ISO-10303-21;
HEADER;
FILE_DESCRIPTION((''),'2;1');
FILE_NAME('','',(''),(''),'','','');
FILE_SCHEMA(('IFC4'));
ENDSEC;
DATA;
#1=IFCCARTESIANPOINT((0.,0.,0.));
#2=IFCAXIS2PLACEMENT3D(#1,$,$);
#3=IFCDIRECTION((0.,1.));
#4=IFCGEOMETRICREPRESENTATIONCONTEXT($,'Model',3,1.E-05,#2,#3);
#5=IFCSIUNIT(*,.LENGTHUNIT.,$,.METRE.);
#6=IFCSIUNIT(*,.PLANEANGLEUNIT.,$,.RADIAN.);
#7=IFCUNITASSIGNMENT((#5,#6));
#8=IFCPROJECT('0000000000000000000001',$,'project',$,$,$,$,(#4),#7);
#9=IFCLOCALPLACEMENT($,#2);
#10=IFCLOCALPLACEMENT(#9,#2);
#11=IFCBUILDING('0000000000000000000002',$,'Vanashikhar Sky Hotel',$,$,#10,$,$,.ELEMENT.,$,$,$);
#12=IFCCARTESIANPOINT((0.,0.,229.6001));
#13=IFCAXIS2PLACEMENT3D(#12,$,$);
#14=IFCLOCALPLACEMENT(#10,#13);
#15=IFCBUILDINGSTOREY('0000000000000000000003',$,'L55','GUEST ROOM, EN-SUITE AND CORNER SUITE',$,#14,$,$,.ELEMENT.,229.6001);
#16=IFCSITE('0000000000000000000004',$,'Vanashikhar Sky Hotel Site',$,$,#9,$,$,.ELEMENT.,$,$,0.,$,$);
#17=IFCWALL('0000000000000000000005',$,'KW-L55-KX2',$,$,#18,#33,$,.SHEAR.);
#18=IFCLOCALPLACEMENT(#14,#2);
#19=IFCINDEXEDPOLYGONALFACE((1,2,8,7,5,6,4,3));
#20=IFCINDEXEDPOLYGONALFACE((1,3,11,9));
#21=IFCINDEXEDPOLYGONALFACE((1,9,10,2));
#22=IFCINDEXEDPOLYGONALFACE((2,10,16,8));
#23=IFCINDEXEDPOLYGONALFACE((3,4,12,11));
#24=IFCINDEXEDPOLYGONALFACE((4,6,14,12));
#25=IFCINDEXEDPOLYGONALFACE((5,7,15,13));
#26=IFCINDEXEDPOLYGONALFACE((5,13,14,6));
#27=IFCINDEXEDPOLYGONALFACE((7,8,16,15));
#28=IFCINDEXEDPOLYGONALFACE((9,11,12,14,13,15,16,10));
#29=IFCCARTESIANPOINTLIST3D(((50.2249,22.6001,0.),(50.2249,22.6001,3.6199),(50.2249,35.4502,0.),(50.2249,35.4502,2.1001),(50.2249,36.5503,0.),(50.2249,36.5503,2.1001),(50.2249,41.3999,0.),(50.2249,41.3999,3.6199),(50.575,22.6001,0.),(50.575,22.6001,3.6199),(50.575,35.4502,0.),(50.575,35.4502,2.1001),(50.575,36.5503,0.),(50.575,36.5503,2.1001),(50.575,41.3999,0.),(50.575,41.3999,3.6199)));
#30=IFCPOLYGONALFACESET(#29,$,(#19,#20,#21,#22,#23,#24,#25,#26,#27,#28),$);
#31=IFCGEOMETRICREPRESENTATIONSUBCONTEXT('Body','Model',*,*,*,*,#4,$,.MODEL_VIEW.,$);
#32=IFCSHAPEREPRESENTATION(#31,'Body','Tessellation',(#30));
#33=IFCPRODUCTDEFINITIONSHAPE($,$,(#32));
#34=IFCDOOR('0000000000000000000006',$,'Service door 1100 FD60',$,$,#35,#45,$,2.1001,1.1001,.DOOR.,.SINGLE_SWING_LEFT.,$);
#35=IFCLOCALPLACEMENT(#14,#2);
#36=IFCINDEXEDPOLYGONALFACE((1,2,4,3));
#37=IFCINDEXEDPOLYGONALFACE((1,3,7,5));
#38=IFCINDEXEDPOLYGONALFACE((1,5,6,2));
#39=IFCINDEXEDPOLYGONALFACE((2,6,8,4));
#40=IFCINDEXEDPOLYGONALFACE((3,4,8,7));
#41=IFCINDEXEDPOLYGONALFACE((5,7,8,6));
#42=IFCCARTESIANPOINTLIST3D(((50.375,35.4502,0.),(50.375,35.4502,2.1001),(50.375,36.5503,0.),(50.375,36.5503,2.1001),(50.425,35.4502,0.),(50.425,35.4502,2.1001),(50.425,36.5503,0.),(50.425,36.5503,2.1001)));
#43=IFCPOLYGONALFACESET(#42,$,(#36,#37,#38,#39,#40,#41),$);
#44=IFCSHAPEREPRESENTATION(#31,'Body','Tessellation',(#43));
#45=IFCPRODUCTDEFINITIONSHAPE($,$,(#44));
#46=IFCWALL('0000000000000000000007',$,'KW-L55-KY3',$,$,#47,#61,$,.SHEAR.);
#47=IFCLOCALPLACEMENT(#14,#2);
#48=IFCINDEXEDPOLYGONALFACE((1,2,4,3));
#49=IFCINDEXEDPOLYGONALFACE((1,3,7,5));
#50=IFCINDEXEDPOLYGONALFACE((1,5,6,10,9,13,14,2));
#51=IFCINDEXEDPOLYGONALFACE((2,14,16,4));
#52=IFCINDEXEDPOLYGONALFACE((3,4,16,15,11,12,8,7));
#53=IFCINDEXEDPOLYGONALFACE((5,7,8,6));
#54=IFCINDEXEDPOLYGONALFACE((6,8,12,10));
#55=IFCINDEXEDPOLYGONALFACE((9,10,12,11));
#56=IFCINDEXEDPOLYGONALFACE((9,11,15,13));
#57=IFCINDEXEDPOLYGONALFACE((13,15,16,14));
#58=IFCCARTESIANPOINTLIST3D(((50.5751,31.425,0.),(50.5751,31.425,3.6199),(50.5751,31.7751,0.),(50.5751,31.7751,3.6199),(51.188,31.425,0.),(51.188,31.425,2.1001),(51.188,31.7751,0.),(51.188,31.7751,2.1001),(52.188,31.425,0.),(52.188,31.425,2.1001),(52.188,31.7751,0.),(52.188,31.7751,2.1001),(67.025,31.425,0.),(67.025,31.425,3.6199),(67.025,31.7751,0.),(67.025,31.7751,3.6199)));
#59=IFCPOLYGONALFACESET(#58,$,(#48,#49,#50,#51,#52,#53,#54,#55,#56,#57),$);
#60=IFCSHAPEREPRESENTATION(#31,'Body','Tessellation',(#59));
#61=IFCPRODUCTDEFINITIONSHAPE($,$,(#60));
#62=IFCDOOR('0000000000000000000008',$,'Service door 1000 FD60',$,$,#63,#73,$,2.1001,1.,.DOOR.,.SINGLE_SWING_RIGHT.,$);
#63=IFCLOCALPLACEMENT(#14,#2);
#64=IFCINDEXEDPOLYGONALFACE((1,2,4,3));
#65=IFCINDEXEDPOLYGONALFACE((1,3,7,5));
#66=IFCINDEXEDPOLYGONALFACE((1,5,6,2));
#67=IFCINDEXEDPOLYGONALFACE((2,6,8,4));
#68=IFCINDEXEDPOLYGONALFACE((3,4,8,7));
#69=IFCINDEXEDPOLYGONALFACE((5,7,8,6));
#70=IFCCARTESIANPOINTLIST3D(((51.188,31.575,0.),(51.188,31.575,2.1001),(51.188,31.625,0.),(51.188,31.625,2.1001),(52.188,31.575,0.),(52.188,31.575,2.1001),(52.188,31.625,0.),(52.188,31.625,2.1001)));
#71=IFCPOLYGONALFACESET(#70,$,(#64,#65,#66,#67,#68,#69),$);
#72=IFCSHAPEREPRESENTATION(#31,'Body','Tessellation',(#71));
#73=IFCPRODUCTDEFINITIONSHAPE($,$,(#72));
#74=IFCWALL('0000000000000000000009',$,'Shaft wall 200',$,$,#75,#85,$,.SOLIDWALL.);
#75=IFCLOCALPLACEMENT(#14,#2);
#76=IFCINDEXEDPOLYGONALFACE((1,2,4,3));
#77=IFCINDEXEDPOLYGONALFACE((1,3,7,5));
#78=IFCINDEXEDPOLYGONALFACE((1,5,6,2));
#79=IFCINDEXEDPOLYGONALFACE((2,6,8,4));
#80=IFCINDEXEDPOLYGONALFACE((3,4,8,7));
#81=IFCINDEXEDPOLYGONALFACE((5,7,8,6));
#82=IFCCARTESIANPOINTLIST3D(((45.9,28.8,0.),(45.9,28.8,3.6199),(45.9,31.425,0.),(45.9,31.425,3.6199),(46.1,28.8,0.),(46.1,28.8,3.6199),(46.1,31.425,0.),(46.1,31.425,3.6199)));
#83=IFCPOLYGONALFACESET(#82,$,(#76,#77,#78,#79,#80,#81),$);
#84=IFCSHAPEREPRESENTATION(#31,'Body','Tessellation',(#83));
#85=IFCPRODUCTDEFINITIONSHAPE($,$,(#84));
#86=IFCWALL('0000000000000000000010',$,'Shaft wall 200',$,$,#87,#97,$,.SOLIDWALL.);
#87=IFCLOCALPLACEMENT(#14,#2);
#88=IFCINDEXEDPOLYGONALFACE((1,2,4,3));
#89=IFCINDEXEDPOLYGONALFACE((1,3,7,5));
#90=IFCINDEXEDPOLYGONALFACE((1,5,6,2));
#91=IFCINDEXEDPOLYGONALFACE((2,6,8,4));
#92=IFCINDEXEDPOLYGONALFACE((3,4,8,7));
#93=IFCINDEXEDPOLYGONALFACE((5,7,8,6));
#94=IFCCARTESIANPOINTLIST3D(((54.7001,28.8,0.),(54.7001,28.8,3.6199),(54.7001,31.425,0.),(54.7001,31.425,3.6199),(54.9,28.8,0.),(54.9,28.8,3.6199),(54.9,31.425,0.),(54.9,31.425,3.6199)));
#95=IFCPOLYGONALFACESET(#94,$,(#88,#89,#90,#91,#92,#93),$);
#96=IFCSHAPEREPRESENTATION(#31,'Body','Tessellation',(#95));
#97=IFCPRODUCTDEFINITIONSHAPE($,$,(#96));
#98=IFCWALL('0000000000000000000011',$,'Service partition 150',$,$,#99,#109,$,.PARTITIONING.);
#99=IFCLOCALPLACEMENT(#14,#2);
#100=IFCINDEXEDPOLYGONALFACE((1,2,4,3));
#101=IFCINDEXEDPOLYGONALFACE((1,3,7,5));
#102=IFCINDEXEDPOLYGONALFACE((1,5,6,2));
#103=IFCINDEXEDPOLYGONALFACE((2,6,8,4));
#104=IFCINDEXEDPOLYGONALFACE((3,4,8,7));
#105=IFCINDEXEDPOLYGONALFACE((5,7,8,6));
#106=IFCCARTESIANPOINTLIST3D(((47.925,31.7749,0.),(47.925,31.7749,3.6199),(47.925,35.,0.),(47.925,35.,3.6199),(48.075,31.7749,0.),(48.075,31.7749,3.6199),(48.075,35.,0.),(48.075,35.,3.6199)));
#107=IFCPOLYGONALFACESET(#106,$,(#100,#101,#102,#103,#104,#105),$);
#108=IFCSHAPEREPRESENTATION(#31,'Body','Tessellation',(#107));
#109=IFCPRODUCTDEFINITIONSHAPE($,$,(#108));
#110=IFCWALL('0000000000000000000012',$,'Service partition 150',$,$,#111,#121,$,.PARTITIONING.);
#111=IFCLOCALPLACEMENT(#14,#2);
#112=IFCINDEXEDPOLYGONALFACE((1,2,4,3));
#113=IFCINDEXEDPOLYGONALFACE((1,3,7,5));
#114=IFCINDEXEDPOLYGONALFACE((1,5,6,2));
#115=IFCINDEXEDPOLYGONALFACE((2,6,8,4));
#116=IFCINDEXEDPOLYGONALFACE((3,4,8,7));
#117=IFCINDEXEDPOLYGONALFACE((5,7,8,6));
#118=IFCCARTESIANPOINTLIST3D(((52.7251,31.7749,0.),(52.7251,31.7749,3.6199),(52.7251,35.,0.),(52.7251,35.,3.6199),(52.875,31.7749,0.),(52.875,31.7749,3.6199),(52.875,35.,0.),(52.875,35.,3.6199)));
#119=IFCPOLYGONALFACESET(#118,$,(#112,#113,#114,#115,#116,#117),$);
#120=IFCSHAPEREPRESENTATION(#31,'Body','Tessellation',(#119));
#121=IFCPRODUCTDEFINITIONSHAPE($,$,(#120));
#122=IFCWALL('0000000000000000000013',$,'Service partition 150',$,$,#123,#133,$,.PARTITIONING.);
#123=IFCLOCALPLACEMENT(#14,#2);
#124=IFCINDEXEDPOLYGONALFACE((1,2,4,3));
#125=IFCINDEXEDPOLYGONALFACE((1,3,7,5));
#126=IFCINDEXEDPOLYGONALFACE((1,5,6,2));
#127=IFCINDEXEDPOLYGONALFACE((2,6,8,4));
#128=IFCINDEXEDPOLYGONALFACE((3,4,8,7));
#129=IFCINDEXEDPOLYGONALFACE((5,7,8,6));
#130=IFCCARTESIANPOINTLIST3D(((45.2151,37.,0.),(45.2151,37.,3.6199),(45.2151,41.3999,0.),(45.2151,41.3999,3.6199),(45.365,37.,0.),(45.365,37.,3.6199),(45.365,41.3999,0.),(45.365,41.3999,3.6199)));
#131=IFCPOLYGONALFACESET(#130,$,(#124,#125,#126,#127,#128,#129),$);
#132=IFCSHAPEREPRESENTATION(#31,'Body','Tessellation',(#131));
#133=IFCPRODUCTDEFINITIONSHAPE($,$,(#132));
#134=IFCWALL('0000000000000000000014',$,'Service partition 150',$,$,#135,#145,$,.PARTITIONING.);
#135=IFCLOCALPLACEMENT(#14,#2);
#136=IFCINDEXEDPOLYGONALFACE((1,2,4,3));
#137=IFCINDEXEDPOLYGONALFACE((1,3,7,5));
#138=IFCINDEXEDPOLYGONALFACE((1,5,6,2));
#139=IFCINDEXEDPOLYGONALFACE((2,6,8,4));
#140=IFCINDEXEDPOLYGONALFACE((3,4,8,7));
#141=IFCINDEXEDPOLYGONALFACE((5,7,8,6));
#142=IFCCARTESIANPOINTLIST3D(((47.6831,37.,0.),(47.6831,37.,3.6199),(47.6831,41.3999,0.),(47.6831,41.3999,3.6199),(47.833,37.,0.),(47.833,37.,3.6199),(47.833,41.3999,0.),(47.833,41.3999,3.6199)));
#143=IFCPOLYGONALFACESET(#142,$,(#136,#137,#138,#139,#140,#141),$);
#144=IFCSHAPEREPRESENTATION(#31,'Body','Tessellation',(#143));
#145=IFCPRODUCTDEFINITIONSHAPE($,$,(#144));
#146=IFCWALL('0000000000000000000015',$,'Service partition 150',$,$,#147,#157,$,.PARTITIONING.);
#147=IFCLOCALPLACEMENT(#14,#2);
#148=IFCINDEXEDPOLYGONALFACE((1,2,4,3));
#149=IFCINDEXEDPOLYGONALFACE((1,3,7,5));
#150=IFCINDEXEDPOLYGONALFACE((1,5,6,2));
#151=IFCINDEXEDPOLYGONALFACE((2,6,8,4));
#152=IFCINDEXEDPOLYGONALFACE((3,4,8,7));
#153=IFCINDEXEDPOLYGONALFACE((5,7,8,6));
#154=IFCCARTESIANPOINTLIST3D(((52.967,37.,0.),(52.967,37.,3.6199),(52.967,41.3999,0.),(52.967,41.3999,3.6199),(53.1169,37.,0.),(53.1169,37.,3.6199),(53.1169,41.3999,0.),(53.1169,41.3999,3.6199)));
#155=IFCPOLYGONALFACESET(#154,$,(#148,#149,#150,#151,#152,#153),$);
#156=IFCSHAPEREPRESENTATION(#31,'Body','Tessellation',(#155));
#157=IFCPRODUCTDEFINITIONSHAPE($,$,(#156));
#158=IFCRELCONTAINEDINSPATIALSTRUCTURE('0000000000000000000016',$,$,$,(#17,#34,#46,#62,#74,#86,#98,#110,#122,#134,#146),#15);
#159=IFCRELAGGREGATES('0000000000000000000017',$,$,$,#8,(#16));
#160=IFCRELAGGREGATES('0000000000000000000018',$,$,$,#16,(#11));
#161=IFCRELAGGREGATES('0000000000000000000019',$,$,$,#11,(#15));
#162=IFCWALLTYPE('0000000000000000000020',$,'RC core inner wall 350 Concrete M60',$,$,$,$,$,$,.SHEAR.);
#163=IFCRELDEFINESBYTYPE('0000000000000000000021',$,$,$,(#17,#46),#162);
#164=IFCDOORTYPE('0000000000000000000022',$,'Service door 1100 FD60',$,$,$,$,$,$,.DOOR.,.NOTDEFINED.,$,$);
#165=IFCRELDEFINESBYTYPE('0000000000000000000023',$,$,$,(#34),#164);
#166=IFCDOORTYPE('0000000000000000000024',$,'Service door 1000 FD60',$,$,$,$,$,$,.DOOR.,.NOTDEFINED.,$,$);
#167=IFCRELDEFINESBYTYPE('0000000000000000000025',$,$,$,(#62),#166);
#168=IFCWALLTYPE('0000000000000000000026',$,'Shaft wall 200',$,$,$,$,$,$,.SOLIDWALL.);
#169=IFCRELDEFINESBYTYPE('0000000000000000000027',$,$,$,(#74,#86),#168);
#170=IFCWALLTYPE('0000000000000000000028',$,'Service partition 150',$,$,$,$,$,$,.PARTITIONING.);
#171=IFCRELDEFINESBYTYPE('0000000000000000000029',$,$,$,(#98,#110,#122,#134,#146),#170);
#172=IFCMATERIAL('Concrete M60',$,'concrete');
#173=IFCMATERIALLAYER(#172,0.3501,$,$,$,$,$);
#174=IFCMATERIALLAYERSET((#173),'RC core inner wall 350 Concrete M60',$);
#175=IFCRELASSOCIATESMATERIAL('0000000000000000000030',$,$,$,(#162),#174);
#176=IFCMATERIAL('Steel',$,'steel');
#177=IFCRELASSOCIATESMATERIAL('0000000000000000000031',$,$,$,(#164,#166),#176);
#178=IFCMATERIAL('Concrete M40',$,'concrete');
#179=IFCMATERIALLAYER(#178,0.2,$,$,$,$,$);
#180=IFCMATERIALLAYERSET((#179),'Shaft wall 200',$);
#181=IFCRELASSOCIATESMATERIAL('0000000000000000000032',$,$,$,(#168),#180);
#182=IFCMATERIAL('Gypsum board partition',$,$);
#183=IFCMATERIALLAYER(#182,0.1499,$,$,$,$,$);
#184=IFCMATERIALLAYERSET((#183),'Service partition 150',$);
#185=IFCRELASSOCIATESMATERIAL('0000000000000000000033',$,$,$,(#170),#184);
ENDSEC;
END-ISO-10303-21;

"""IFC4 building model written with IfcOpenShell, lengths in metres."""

from ifc_helpers import new_model, si_unit, direction, frame, frame_2d, origin, place, context, subcontext, project, spatial, rectangle, extrude, source, transform, mapped, material, layer, layer_set, type_object, element, fill, save


model = new_model("IFC4")

# Units and contexts
model_context = context("Model", 3, precision=1e-05, world=origin(), true_north=direction((0.0, 1.0)))
body_context = subcontext(model_context, "Body", "Model", "MODEL_VIEW")
ifc_project = project(units=[si_unit("LENGTHUNIT", "METRE"), si_unit("PLANEANGLEUNIT", "RADIAN")], contexts=[model_context])

# Site, building, storey
site_placement = place(None, origin())
site = spatial("IfcSite", under=ifc_project, at=site_placement, Name="Vanashikhar Sky Hotel Site", CompositionType="ELEMENT", RefElevation=0.0)
building_placement = place(site_placement, origin())
building = spatial("IfcBuilding", under=site, at=building_placement, Name="Vanashikhar Sky Hotel", CompositionType="ELEMENT")
storey_placement = place(building_placement, frame((0.0, 0.0, 229.6001)))
storey = spatial("IfcBuildingStorey", under=building, at=storey_placement, Name="L55", Description="GUEST ROOM, EN-SUITE AND CORNER SUITE", CompositionType="ELEMENT", Elevation=229.6001)

# Walls, openings, doors
ifc_material_1 = material(Name="Concrete M60", Category="concrete")
ifc_layer_1 = layer(ifc_material_1, 0.3501)
ifc_layer_set_1 = layer_set([ifc_layer_1], Name="RC core inner wall 350 Concrete M60")
wall_type_1 = type_object("IfcWallType", Name="RC core inner wall 350 Concrete M60", PredefinedType="SHEAR", material=ifc_layer_set_1)
shared_shape_1 = source(origin(), body_context, "Body", "SweptSolid", [
    extrude(rectangle(XDim=18.7998, YDim=0.3501, at=frame_2d((9.3999, 0.0))), origin(), (0.0, 0.0, 1.0), 3.6199),
])
wall_1_placement = place(storey_placement, frame((50.3999, 22.6001, 0.0), z_axis=(0.0, 0.0, 1.0), x_axis=(0.0, 1.0, 0.0)))
wall_1 = element("IfcWall", 1, at=wall_1_placement, inside=storey, type_object=wall_type_1, Name="KW-L55-KX2", PredefinedType="SHEAR", context=body_context, shape_type="MappedRepresentation", body=[
    mapped(shared_shape_1, transform((0.0, 0.0, 0.0), scale=1.0)),
])
shared_shape_2 = source(origin(), body_context, "Body", "SweptSolid", [
    extrude(rectangle(XDim=1.1001, YDim=2.1001, at=frame_2d((0.55, 1.05))), frame((0.0, 0.1851, 0.0), z_axis=(0.0, -1.0, 0.0), x_axis=(1.0, 0.0, 0.0)), (0.0, 0.0, 1.0), 0.3701),
])
opening_1_placement = place(wall_1_placement, frame((12.8501, 0.0, 0.0)))
opening_1 = element("IfcOpeningElement", 2, at=opening_1_placement, cuts=wall_1, PredefinedType="OPENING", context=body_context, shape_type="MappedRepresentation", body=[
    mapped(shared_shape_2, transform((0.0, 0.0, 0.0), scale=1.0)),
])
ifc_material_2 = material(Name="Steel", Category="steel")
door_type_1 = type_object("IfcDoorType", Name="Service door 1100 FD60", OperationType="NOTDEFINED", PredefinedType="DOOR", material=ifc_material_2)
shared_shape_3 = source(origin(), body_context, "Body", "SweptSolid", [
    extrude(rectangle(XDim=1.1001, YDim=2.1001, at=frame_2d((0.55, 1.05))), frame((0.0, 0.0249, 0.0), z_axis=(0.0, -1.0, 0.0), x_axis=(1.0, 0.0, 0.0)), (0.0, 0.0, 1.0), 0.05),
])
door_1_placement = place(opening_1_placement, origin())
door_1 = element("IfcDoor", 3, at=door_1_placement, inside=storey, type_object=door_type_1, Name="Service door 1100 FD60", OperationType="SINGLE_SWING_LEFT", OverallHeight=2.1001, OverallWidth=1.1001, PredefinedType="DOOR", context=body_context, shape_type="MappedRepresentation", body=[
    mapped(shared_shape_3, transform((0.0, 0.0, 0.0), scale=1.0)),
])
fill(opening_1, door_1)
shared_shape_4 = source(origin(), body_context, "Body", "SweptSolid", [
    extrude(rectangle(XDim=16.45, YDim=0.3501, at=frame_2d((8.2251, 0.0))), origin(), (0.0, 0.0, 1.0), 3.6199),
])
wall_2_placement = place(storey_placement, frame((50.575, 31.6001, 0.0), z_axis=(0.0, 0.0, 1.0), x_axis=(1.0, 0.0, 0.0)))
wall_2 = element("IfcWall", 4, at=wall_2_placement, inside=storey, type_object=wall_type_1, Name="KW-L55-KY3", PredefinedType="SHEAR", context=body_context, shape_type="MappedRepresentation", body=[
    mapped(shared_shape_4, transform((0.0, 0.0, 0.0), scale=1.0)),
])
shared_shape_5 = source(origin(), body_context, "Body", "SweptSolid", [
    extrude(rectangle(XDim=1.0, YDim=2.1001, at=frame_2d((0.5, 1.05))), frame((0.0, 0.1851, 0.0), z_axis=(0.0, -1.0, 0.0), x_axis=(1.0, 0.0, 0.0)), (0.0, 0.0, 1.0), 0.3701),
])
opening_2_placement = place(wall_2_placement, frame((0.613, 0.0, 0.0)))
opening_2 = element("IfcOpeningElement", 5, at=opening_2_placement, cuts=wall_2, PredefinedType="OPENING", context=body_context, shape_type="MappedRepresentation", body=[
    mapped(shared_shape_5, transform((0.0, 0.0, 0.0), scale=1.0)),
])
door_type_2 = type_object("IfcDoorType", Name="Service door 1000 FD60", OperationType="NOTDEFINED", PredefinedType="DOOR", material=ifc_material_2)
shared_shape_6 = source(origin(), body_context, "Body", "SweptSolid", [
    extrude(rectangle(XDim=1.0, YDim=2.1001, at=frame_2d((0.5, 1.05))), frame((0.0, 0.0249, 0.0), z_axis=(0.0, -1.0, 0.0), x_axis=(1.0, 0.0, 0.0)), (0.0, 0.0, 1.0), 0.05),
])
door_2_placement = place(opening_2_placement, origin())
door_2 = element("IfcDoor", 6, at=door_2_placement, inside=storey, type_object=door_type_2, Name="Service door 1000 FD60", OperationType="SINGLE_SWING_RIGHT", OverallHeight=2.1001, OverallWidth=1.0, PredefinedType="DOOR", context=body_context, shape_type="MappedRepresentation", body=[
    mapped(shared_shape_6, transform((0.0, 0.0, 0.0), scale=1.0)),
])
fill(opening_2, door_2)

# Walls
ifc_material_3 = material(Name="Concrete M40", Category="concrete")
ifc_layer_2 = layer(ifc_material_3, 0.2)
ifc_layer_set_2 = layer_set([ifc_layer_2], Name="Shaft wall 200")
wall_type_2 = type_object("IfcWallType", Name="Shaft wall 200", PredefinedType="SOLIDWALL", material=ifc_layer_set_2)
shared_shape_7 = source(origin(), body_context, "Body", "SweptSolid", [
    extrude(rectangle(XDim=2.625, YDim=0.2, at=frame_2d((1.3125, 0.0))), origin(), (0.0, 0.0, 1.0), 3.6199),
])
for number, where, z_axis, x_axis, name in (
    (7, (46.0, 28.8, 0.0), (0.0, 0.0, 1.0), (0.0, 1.0, 0.0), "Shaft wall 200"),
    (8, (54.8, 28.8, 0.0), (0.0, 0.0, 1.0), (0.0, 1.0, 0.0), "Shaft wall 200"),
):
    element("IfcWall", number, at=place(storey_placement, frame(where, z_axis=z_axis, x_axis=x_axis)), inside=storey, type_object=wall_type_2, Name=name, PredefinedType="SOLIDWALL", context=body_context, shape_type="MappedRepresentation", body=[
        mapped(shared_shape_7, transform((0.0, 0.0, 0.0), scale=1.0)),
    ])
ifc_material_4 = material(Name="Gypsum board partition")
ifc_layer_3 = layer(ifc_material_4, 0.1499)
ifc_layer_set_3 = layer_set([ifc_layer_3], Name="Service partition 150")
wall_type_3 = type_object("IfcWallType", Name="Service partition 150", PredefinedType="PARTITIONING", material=ifc_layer_set_3)
shared_shape_8 = source(origin(), body_context, "Body", "SweptSolid", [
    extrude(rectangle(XDim=3.2251, YDim=0.1499, at=frame_2d((1.6125, 0.0))), origin(), (0.0, 0.0, 1.0), 3.6199),
])
for number, where, z_axis, x_axis, name in (
    (9, (48.0, 31.7749, 0.0), (0.0, 0.0, 1.0), (0.0, 1.0, 0.0), "Service partition 150"),
    (10, (52.8, 31.7749, 0.0), (0.0, 0.0, 1.0), (0.0, 1.0, 0.0), "Service partition 150"),
):
    element("IfcWall", number, at=place(storey_placement, frame(where, z_axis=z_axis, x_axis=x_axis)), inside=storey, type_object=wall_type_3, Name=name, PredefinedType="PARTITIONING", context=body_context, shape_type="MappedRepresentation", body=[
        mapped(shared_shape_8, transform((0.0, 0.0, 0.0), scale=1.0)),
    ])
shared_shape_9 = source(origin(), body_context, "Body", "SweptSolid", [
    extrude(rectangle(XDim=4.3999, YDim=0.1499, at=frame_2d((2.2, 0.0))), origin(), (0.0, 0.0, 1.0), 3.6199),
])
for number, where, z_axis, x_axis, name in (
    (11, (45.29, 37.0, 0.0), (0.0, 0.0, 1.0), (0.0, 1.0, 0.0), "Service partition 150"),
    (12, (47.7581, 37.0, 0.0), (0.0, 0.0, 1.0), (0.0, 1.0, 0.0), "Service partition 150"),
    (13, (53.042, 37.0, 0.0), (0.0, 0.0, 1.0), (0.0, 1.0, 0.0), "Service partition 150"),
):
    element("IfcWall", number, at=place(storey_placement, frame(where, z_axis=z_axis, x_axis=x_axis)), inside=storey, type_object=wall_type_3, Name=name, PredefinedType="PARTITIONING", context=body_context, shape_type="MappedRepresentation", body=[
        mapped(shared_shape_9, transform((0.0, 0.0, 0.0), scale=1.0)),
    ])

save(model, "model.ifc")
